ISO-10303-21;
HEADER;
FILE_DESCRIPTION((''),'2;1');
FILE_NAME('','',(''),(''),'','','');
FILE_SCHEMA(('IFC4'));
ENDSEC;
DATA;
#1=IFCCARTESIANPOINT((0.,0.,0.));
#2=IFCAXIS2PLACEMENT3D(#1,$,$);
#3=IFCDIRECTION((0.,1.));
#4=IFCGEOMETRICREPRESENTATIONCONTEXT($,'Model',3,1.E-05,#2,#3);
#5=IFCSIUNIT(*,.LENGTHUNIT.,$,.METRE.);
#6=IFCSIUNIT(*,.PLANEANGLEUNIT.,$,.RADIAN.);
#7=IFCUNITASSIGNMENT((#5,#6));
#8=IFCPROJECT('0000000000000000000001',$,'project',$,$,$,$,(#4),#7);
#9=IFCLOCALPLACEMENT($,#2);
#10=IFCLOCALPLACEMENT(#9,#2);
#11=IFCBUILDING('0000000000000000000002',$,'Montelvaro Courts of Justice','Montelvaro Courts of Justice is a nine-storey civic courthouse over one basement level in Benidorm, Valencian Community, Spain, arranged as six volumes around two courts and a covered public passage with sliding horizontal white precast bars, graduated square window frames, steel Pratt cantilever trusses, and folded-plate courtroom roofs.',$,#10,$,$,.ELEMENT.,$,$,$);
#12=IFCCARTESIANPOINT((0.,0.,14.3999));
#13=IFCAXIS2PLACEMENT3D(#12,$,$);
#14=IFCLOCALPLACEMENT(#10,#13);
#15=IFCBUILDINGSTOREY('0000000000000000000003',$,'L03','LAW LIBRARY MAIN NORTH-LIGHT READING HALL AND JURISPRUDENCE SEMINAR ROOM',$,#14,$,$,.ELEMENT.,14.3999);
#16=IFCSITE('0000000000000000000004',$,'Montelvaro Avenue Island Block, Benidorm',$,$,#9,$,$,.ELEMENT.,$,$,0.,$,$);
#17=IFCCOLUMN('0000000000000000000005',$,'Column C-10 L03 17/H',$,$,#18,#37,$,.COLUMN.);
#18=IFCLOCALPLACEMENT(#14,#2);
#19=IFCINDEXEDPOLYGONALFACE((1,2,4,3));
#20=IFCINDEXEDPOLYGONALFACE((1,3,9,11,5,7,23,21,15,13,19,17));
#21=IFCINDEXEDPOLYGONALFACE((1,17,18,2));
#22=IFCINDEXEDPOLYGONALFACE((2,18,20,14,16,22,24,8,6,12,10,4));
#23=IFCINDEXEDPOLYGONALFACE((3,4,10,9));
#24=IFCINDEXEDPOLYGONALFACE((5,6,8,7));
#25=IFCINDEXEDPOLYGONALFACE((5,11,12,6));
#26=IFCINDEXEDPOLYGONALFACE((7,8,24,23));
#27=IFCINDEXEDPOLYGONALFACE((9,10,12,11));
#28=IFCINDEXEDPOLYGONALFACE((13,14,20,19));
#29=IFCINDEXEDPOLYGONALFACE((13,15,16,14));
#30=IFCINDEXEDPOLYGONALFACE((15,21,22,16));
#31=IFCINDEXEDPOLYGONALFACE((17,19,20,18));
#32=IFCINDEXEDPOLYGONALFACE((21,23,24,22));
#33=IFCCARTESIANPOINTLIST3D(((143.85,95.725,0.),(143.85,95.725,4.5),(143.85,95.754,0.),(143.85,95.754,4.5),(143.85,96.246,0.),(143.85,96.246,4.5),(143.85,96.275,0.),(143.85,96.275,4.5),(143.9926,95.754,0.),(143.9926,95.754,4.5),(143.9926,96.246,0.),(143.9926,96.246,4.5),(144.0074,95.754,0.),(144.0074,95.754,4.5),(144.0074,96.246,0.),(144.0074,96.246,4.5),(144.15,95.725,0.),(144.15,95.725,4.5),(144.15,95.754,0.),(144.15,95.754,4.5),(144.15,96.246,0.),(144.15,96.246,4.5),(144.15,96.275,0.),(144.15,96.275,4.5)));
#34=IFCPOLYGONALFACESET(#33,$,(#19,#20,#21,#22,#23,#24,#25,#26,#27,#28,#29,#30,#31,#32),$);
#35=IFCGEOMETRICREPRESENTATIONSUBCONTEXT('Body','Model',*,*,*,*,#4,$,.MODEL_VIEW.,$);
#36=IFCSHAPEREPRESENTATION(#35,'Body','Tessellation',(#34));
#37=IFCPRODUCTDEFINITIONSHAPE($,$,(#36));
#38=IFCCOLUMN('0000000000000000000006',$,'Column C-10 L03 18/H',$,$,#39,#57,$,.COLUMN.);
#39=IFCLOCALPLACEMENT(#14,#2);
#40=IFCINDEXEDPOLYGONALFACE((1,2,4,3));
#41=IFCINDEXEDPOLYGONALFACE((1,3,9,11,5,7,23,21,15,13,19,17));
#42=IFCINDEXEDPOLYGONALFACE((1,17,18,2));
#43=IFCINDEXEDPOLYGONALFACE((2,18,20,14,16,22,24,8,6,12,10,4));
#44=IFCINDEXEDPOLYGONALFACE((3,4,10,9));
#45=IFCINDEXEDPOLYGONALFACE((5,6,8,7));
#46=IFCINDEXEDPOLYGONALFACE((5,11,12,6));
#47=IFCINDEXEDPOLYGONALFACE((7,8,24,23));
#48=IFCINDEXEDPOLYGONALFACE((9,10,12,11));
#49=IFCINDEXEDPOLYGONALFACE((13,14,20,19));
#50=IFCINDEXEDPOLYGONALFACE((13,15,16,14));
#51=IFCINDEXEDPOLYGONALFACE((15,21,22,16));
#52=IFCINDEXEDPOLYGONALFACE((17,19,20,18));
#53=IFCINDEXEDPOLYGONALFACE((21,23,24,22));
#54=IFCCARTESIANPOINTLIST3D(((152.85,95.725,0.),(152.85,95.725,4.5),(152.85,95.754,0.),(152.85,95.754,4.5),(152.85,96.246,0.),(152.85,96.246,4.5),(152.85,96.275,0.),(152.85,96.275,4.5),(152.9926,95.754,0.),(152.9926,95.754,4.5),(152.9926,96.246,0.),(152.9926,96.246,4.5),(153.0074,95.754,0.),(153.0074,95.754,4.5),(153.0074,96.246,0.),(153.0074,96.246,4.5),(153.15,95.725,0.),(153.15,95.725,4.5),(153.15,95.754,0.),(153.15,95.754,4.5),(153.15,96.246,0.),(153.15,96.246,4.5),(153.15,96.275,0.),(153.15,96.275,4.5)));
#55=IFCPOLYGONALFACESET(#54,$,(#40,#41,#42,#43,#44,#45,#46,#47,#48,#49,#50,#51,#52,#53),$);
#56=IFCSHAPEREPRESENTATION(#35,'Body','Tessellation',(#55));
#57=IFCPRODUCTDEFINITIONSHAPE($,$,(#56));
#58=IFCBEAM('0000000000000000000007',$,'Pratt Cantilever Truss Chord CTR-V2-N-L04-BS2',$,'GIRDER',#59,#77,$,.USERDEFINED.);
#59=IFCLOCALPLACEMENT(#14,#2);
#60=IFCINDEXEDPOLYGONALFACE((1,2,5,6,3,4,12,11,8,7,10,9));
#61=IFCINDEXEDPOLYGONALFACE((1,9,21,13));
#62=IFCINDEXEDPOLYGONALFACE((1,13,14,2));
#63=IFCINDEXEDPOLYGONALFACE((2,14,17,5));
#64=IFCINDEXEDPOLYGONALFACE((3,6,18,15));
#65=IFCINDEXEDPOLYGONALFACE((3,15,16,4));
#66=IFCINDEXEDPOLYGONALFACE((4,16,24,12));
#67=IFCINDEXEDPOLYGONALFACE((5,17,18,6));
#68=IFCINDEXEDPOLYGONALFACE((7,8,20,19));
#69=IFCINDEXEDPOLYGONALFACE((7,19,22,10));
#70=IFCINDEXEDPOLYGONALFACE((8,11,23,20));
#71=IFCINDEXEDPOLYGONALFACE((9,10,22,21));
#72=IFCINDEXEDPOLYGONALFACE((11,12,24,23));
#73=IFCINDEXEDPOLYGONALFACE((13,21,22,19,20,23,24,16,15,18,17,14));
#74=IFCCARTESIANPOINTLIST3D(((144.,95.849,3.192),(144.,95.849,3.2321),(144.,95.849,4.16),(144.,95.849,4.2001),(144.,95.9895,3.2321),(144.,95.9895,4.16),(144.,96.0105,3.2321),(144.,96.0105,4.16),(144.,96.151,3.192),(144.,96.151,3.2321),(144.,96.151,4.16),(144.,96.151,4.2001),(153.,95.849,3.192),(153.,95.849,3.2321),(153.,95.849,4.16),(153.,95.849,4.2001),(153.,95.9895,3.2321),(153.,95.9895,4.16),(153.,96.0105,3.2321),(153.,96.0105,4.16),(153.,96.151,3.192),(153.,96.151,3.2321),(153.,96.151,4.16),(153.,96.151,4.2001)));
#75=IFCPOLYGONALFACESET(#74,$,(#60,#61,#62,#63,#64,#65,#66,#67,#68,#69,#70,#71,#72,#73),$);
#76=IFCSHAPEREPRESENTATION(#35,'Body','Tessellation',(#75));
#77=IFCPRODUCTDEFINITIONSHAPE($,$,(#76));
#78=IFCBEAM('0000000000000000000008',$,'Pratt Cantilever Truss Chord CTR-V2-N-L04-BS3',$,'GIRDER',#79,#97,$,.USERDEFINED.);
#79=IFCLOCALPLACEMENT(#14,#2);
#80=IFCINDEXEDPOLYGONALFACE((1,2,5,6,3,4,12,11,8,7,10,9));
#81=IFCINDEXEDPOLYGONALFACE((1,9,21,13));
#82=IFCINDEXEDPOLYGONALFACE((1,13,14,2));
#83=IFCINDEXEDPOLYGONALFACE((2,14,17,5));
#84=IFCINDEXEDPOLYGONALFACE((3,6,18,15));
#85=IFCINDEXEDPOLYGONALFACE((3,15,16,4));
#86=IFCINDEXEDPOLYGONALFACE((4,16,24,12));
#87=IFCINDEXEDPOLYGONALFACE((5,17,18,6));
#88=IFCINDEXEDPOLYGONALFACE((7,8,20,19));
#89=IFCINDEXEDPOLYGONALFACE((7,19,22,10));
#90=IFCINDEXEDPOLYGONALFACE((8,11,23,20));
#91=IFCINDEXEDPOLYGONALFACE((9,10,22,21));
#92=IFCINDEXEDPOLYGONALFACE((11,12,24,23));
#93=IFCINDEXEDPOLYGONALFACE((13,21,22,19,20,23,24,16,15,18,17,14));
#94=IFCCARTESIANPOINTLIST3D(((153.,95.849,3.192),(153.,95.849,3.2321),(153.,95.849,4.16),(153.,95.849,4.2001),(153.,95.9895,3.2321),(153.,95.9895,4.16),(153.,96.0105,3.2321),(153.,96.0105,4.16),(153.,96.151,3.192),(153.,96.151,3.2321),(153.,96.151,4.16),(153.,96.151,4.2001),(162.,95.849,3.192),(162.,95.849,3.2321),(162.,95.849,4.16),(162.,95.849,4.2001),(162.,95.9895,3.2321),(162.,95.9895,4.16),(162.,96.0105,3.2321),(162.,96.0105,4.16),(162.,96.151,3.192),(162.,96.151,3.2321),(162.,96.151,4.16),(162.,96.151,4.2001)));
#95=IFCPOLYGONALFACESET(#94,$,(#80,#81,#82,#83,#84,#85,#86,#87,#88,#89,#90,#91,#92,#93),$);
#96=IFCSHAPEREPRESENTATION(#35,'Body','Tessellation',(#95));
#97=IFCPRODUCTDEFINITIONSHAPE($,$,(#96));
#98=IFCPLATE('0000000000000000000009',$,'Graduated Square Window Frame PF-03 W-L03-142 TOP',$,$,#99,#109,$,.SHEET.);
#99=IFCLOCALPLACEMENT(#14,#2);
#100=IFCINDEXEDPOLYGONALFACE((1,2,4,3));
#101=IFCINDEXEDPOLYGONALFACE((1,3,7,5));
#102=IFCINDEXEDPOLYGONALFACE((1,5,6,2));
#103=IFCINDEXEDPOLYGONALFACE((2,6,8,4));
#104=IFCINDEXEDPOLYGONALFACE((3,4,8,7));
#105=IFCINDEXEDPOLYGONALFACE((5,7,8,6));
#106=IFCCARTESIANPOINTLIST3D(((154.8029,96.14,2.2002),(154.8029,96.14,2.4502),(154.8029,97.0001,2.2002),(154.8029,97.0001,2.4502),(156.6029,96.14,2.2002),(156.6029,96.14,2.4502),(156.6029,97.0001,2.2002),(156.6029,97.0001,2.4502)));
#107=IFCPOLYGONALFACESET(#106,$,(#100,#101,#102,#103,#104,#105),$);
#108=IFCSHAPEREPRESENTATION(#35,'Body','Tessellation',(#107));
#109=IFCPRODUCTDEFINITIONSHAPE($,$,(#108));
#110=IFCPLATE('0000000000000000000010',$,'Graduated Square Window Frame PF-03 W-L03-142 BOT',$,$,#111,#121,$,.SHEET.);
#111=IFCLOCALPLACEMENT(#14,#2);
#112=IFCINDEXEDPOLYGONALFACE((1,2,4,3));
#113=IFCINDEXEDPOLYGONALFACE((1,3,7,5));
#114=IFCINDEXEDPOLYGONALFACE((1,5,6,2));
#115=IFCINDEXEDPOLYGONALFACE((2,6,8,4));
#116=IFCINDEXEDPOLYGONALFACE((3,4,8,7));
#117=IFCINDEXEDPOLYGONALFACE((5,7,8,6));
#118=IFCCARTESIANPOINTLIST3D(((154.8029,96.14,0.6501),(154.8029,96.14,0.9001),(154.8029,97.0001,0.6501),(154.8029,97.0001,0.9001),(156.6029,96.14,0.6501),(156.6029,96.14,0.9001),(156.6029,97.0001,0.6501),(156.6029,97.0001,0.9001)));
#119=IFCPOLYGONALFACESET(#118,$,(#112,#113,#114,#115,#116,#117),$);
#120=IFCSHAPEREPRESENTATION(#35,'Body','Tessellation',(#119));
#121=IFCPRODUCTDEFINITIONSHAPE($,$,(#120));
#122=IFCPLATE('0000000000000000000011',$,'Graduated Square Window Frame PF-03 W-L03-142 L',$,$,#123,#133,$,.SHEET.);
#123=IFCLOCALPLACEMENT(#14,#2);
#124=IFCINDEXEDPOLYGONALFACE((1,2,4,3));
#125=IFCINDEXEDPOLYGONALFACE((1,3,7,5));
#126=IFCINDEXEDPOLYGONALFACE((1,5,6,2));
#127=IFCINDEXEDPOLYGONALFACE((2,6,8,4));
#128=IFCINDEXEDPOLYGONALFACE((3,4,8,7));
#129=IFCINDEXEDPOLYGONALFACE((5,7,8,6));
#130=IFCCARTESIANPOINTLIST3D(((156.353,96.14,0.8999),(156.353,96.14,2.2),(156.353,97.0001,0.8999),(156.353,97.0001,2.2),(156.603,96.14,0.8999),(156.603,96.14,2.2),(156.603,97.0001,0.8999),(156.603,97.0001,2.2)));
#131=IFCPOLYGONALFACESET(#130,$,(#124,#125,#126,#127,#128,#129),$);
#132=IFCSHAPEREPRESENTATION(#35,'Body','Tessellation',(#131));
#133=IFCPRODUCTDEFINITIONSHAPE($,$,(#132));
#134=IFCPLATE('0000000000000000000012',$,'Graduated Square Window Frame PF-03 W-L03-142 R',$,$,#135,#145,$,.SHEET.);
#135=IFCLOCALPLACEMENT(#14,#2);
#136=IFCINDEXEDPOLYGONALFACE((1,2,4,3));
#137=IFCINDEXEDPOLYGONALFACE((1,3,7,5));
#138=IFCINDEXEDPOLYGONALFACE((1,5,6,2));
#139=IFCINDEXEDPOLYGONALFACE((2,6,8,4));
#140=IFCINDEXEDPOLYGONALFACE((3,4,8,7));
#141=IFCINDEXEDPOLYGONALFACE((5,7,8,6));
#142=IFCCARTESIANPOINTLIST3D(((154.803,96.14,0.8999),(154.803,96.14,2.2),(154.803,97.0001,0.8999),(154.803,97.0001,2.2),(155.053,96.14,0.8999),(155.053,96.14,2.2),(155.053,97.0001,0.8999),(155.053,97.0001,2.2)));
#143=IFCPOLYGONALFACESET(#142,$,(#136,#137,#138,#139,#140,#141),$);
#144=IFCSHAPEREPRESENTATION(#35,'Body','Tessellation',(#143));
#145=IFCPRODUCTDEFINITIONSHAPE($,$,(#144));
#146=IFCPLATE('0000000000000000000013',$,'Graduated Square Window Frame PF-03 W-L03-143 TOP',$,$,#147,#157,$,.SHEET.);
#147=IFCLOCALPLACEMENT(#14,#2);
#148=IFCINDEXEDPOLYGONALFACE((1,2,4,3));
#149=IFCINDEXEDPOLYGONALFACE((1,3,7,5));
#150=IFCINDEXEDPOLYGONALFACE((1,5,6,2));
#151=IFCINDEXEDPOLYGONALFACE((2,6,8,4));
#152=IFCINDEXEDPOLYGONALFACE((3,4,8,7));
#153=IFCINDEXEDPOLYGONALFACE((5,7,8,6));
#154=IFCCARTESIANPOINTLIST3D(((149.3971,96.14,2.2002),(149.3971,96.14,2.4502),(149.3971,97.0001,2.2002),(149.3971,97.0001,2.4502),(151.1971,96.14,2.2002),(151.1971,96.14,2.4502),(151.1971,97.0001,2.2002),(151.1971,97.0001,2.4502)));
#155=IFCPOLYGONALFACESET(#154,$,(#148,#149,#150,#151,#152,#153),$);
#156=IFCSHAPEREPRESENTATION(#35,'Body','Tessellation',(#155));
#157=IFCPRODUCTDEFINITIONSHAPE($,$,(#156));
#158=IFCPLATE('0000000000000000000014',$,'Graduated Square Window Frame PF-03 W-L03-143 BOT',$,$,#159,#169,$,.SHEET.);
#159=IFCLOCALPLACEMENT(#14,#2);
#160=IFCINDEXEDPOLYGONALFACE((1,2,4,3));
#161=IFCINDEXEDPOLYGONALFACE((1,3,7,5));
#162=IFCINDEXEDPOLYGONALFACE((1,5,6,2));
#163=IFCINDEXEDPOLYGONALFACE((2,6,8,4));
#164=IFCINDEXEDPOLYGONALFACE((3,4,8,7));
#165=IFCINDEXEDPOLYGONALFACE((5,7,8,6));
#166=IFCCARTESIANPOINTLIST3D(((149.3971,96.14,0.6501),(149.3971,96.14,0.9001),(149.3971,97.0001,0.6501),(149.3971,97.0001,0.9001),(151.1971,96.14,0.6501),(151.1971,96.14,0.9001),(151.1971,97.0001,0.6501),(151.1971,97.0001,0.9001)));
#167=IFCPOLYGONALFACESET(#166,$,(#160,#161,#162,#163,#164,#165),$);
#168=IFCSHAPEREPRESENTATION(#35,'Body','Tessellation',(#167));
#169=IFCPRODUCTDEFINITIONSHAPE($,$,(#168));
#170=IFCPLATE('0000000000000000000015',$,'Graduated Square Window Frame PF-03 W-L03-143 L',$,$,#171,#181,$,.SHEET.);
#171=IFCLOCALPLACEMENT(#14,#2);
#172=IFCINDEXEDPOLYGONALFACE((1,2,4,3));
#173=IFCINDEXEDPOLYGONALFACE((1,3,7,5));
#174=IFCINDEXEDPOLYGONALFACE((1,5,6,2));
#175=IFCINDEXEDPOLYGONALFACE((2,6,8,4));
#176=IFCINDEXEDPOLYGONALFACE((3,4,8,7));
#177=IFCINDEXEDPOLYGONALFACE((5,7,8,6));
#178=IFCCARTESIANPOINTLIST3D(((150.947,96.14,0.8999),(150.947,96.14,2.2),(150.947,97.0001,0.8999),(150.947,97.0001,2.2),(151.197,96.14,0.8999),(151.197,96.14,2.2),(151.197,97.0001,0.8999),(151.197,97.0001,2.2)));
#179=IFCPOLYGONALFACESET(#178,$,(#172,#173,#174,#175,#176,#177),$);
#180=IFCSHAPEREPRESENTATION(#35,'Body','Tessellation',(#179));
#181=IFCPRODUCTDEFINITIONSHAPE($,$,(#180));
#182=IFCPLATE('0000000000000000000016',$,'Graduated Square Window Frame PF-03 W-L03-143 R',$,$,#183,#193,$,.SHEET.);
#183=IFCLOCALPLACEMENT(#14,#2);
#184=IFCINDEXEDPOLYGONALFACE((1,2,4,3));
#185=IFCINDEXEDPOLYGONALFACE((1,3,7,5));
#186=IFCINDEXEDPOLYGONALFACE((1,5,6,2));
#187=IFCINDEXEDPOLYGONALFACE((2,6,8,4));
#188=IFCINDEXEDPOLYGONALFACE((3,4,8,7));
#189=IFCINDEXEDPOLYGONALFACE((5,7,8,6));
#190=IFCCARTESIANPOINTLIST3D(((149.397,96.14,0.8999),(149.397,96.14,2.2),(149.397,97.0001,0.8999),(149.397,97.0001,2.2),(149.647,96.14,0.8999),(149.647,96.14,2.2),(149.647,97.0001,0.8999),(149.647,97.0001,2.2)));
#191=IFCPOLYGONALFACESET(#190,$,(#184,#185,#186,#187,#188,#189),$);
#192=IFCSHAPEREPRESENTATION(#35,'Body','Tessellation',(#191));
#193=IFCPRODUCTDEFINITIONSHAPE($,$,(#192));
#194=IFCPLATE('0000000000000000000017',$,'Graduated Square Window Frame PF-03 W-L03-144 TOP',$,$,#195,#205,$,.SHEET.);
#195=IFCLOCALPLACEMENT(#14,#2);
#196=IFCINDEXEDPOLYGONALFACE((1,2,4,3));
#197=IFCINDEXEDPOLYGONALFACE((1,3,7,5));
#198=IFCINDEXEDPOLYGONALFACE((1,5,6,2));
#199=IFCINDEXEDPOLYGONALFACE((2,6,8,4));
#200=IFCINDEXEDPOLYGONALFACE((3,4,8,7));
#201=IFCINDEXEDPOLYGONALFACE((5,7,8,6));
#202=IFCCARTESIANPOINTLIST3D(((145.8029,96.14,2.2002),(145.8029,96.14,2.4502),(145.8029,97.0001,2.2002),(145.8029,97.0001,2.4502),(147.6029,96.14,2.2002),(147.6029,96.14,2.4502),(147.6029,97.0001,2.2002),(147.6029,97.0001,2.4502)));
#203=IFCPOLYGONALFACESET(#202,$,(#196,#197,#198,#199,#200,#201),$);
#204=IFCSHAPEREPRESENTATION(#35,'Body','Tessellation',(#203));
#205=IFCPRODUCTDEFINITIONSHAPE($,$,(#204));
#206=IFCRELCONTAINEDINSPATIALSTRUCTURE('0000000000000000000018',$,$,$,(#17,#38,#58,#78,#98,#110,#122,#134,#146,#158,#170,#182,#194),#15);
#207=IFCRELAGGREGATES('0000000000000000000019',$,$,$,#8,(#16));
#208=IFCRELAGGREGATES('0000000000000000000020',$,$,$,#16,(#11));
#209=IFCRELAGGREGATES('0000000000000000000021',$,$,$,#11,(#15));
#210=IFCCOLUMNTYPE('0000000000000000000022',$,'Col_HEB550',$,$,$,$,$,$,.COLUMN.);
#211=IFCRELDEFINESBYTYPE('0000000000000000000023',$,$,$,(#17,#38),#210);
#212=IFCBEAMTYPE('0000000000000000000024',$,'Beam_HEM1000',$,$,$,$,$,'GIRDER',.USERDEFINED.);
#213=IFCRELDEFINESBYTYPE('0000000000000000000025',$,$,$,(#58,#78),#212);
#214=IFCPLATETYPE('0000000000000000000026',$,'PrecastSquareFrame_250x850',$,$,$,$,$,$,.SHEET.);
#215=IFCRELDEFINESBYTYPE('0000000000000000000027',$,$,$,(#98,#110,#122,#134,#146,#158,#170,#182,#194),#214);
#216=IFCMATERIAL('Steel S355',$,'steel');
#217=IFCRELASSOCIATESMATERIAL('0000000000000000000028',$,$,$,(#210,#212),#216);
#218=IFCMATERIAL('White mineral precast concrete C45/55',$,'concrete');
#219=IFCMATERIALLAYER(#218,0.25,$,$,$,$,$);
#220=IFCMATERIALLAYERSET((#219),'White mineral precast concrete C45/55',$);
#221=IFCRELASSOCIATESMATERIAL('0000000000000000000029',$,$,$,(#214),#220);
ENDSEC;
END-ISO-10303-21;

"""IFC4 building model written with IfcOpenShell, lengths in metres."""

from ifc_helpers import new_model, si_unit, direction, frame, origin, origin_2d, place, context, subcontext, project, spatial, rectangle, i_section, extrude, material, layer, layer_set, material_profile, profile_set, type_object, element, save


model = new_model("IFC4")

# Units and contexts
model_context = context("Model", 3, precision=1e-05, world=origin(), true_north=direction((0.0, 1.0)))
body_context = subcontext(model_context, "Body", "Model", "MODEL_VIEW")
ifc_project = project(units=[si_unit("LENGTHUNIT", "METRE"), si_unit("PLANEANGLEUNIT", "RADIAN")], contexts=[model_context])

# Site, building, storey
site_placement = place(None, origin())
site = spatial("IfcSite", under=ifc_project, at=site_placement, Name="Montelvaro Avenue Island Block, Benidorm", CompositionType="ELEMENT", RefElevation=0.0)
building_placement = place(site_placement, origin())
building = spatial("IfcBuilding", under=site, at=building_placement, Name="Montelvaro Courts of Justice", Description="Montelvaro Courts of Justice is a nine-storey civic courthouse over one basement level in Benidorm, Valencian Community, Spain, arranged as six volumes around two courts and a covered public passage with sliding horizontal white precast bars, graduated square window frames, steel Pratt cantilever trusses, and folded-plate courtroom roofs.", CompositionType="ELEMENT")
storey_placement = place(building_placement, frame((0.0, 0.0, 14.3999)))
storey = spatial("IfcBuildingStorey", under=building, at=storey_placement, Name="L03", Description="LAW LIBRARY MAIN NORTH-LIGHT READING HALL AND JURISPRUDENCE SEMINAR ROOM", CompositionType="ELEMENT", Elevation=14.3999)

# Columns
ifc_material_1 = material(Name="Steel S355", Category="steel")
ifc_material_profile_1 = material_profile(ifc_material_1, i_section(OverallWidth=0.3, OverallDepth=0.55, WebThickness=0.0149, FlangeThickness=0.0291, at=origin_2d()), Name="HEB 550")
ifc_profile_set_1 = profile_set([ifc_material_profile_1], Name="Steel S355")
column_type = type_object("IfcColumnType", Name="Col_HEB550", PredefinedType="COLUMN", material=ifc_profile_set_1)
for number, where, z_axis, x_axis, name in (
    (1, (144.0, 96.0, 0.0), (0.0, 0.0, 1.0), (1.0, 0.0, 0.0), "Column C-10 L03 17/H"),
    (2, (153.0, 96.0, 0.0), (0.0, 0.0, 1.0), (1.0, 0.0, 0.0), "Column C-10 L03 18/H"),
):
    element("IfcColumn", number, at=place(storey_placement, frame(where, z_axis=z_axis, x_axis=x_axis)), inside=storey, type_object=column_type, Name=name, PredefinedType="COLUMN", context=body_context, shape_type="SweptSolid", body=[
        extrude(i_section(OverallWidth=0.3, OverallDepth=0.55, WebThickness=0.0149, FlangeThickness=0.0291, at=origin_2d()), origin(), (0.0, 0.0, 1.0), 4.5),
    ])

# Beams
ifc_material_profile_2 = material_profile(ifc_material_1, i_section(OverallWidth=0.302, OverallDepth=1.0081, WebThickness=0.021, FlangeThickness=0.04, at=origin_2d()), Name="HEM 1000")
ifc_profile_set_2 = profile_set([ifc_material_profile_2], Name="Steel S355")
beam_type = type_object("IfcBeamType", Name="Beam_HEM1000", ElementType="GIRDER", PredefinedType="USERDEFINED", material=ifc_profile_set_2)
for number, where, z_axis, x_axis, name in (
    (3, (144.0, 96.0, 3.696), (1.0, 0.0, 0.0), (0.0, 1.0, 0.0), "Pratt Cantilever Truss Chord CTR-V2-N-L04-BS2"),
    (4, (153.0, 96.0, 3.696), (1.0, 0.0, 0.0), (0.0, 1.0, 0.0), "Pratt Cantilever Truss Chord CTR-V2-N-L04-BS3"),
):
    element("IfcBeam", number, at=place(storey_placement, frame(where, z_axis=z_axis, x_axis=x_axis)), inside=storey, type_object=beam_type, Name=name, ObjectType="GIRDER", PredefinedType="USERDEFINED", context=body_context, shape_type="SweptSolid", body=[
        extrude(i_section(OverallWidth=0.302, OverallDepth=1.0081, WebThickness=0.021, FlangeThickness=0.04, at=origin_2d()), origin(), (0.0, 0.0, 1.0), 9.0),
    ])

# Plates
ifc_material_2 = material(Name="White mineral precast concrete C45/55", Category="concrete")
ifc_layer_1 = layer(ifc_material_2, 0.25)
ifc_layer_set_1 = layer_set([ifc_layer_1], Name="White mineral precast concrete C45/55")
plate_type = type_object("IfcPlateType", Name="PrecastSquareFrame_250x850", PredefinedType="SHEET", material=ifc_layer_set_1)
for number, where, z_axis, x_axis, name in (
    (5, (155.7029, 96.5701, 2.2002), (0.0, 0.0, 1.0), (-1.0, 0.0, 0.0), "Graduated Square Window Frame PF-03 W-L03-142 TOP"),
    (6, (155.7029, 96.5701, 0.6501), (0.0, 0.0, 1.0), (-1.0, 0.0, 0.0), "Graduated Square Window Frame PF-03 W-L03-142 BOT"),
):
    element("IfcPlate", number, at=place(storey_placement, frame(where, z_axis=z_axis, x_axis=x_axis)), inside=storey, type_object=plate_type, Name=name, PredefinedType="SHEET", context=body_context, shape_type="SweptSolid", body=[
        extrude(rectangle(XDim=1.8, YDim=0.8601, at=origin_2d()), origin(), (0.0, 0.0, 1.0), 0.25),
    ])
for number, where, z_axis, x_axis, name in (
    (7, (156.478, 96.5701, 0.8999), (0.0, 0.0, 1.0), (-1.0, 0.0, 0.0), "Graduated Square Window Frame PF-03 W-L03-142 L"),
    (8, (154.928, 96.5701, 0.8999), (0.0, 0.0, 1.0), (-1.0, 0.0, 0.0), "Graduated Square Window Frame PF-03 W-L03-142 R"),
):
    element("IfcPlate", number, at=place(storey_placement, frame(where, z_axis=z_axis, x_axis=x_axis)), inside=storey, type_object=plate_type, Name=name, PredefinedType="SHEET", context=body_context, shape_type="SweptSolid", body=[
        extrude(rectangle(XDim=0.25, YDim=0.8601, at=origin_2d()), origin(), (0.0, 0.0, 1.0), 1.3),
    ])
for number, where, z_axis, x_axis, name in (
    (9, (150.2971, 96.5701, 2.2002), (0.0, 0.0, 1.0), (-1.0, 0.0, 0.0), "Graduated Square Window Frame PF-03 W-L03-143 TOP"),
    (10, (150.2971, 96.5701, 0.6501), (0.0, 0.0, 1.0), (-1.0, 0.0, 0.0), "Graduated Square Window Frame PF-03 W-L03-143 BOT"),
):
    element("IfcPlate", number, at=place(storey_placement, frame(where, z_axis=z_axis, x_axis=x_axis)), inside=storey, type_object=plate_type, Name=name, PredefinedType="SHEET", context=body_context, shape_type="SweptSolid", body=[
        extrude(rectangle(XDim=1.8, YDim=0.8601, at=origin_2d()), origin(), (0.0, 0.0, 1.0), 0.25),
    ])
for number, where, z_axis, x_axis, name in (
    (11, (151.072, 96.5701, 0.8999), (0.0, 0.0, 1.0), (-1.0, 0.0, 0.0), "Graduated Square Window Frame PF-03 W-L03-143 L"),
    (12, (149.522, 96.5701, 0.8999), (0.0, 0.0, 1.0), (-1.0, 0.0, 0.0), "Graduated Square Window Frame PF-03 W-L03-143 R"),
):
    element("IfcPlate", number, at=place(storey_placement, frame(where, z_axis=z_axis, x_axis=x_axis)), inside=storey, type_object=plate_type, Name=name, PredefinedType="SHEET", context=body_context, shape_type="SweptSolid", body=[
        extrude(rectangle(XDim=0.25, YDim=0.8601, at=origin_2d()), origin(), (0.0, 0.0, 1.0), 1.3),
    ])
for number, where, z_axis, x_axis, name in (
    (13, (146.7029, 96.5701, 2.2002), (0.0, 0.0, 1.0), (-1.0, 0.0, 0.0), "Graduated Square Window Frame PF-03 W-L03-144 TOP"),
):
    element("IfcPlate", number, at=place(storey_placement, frame(where, z_axis=z_axis, x_axis=x_axis)), inside=storey, type_object=plate_type, Name=name, PredefinedType="SHEET", context=body_context, shape_type="SweptSolid", body=[
        extrude(rectangle(XDim=1.8, YDim=0.8601, at=origin_2d()), origin(), (0.0, 0.0, 1.0), 0.25),
    ])

save(model, "model.ifc")
